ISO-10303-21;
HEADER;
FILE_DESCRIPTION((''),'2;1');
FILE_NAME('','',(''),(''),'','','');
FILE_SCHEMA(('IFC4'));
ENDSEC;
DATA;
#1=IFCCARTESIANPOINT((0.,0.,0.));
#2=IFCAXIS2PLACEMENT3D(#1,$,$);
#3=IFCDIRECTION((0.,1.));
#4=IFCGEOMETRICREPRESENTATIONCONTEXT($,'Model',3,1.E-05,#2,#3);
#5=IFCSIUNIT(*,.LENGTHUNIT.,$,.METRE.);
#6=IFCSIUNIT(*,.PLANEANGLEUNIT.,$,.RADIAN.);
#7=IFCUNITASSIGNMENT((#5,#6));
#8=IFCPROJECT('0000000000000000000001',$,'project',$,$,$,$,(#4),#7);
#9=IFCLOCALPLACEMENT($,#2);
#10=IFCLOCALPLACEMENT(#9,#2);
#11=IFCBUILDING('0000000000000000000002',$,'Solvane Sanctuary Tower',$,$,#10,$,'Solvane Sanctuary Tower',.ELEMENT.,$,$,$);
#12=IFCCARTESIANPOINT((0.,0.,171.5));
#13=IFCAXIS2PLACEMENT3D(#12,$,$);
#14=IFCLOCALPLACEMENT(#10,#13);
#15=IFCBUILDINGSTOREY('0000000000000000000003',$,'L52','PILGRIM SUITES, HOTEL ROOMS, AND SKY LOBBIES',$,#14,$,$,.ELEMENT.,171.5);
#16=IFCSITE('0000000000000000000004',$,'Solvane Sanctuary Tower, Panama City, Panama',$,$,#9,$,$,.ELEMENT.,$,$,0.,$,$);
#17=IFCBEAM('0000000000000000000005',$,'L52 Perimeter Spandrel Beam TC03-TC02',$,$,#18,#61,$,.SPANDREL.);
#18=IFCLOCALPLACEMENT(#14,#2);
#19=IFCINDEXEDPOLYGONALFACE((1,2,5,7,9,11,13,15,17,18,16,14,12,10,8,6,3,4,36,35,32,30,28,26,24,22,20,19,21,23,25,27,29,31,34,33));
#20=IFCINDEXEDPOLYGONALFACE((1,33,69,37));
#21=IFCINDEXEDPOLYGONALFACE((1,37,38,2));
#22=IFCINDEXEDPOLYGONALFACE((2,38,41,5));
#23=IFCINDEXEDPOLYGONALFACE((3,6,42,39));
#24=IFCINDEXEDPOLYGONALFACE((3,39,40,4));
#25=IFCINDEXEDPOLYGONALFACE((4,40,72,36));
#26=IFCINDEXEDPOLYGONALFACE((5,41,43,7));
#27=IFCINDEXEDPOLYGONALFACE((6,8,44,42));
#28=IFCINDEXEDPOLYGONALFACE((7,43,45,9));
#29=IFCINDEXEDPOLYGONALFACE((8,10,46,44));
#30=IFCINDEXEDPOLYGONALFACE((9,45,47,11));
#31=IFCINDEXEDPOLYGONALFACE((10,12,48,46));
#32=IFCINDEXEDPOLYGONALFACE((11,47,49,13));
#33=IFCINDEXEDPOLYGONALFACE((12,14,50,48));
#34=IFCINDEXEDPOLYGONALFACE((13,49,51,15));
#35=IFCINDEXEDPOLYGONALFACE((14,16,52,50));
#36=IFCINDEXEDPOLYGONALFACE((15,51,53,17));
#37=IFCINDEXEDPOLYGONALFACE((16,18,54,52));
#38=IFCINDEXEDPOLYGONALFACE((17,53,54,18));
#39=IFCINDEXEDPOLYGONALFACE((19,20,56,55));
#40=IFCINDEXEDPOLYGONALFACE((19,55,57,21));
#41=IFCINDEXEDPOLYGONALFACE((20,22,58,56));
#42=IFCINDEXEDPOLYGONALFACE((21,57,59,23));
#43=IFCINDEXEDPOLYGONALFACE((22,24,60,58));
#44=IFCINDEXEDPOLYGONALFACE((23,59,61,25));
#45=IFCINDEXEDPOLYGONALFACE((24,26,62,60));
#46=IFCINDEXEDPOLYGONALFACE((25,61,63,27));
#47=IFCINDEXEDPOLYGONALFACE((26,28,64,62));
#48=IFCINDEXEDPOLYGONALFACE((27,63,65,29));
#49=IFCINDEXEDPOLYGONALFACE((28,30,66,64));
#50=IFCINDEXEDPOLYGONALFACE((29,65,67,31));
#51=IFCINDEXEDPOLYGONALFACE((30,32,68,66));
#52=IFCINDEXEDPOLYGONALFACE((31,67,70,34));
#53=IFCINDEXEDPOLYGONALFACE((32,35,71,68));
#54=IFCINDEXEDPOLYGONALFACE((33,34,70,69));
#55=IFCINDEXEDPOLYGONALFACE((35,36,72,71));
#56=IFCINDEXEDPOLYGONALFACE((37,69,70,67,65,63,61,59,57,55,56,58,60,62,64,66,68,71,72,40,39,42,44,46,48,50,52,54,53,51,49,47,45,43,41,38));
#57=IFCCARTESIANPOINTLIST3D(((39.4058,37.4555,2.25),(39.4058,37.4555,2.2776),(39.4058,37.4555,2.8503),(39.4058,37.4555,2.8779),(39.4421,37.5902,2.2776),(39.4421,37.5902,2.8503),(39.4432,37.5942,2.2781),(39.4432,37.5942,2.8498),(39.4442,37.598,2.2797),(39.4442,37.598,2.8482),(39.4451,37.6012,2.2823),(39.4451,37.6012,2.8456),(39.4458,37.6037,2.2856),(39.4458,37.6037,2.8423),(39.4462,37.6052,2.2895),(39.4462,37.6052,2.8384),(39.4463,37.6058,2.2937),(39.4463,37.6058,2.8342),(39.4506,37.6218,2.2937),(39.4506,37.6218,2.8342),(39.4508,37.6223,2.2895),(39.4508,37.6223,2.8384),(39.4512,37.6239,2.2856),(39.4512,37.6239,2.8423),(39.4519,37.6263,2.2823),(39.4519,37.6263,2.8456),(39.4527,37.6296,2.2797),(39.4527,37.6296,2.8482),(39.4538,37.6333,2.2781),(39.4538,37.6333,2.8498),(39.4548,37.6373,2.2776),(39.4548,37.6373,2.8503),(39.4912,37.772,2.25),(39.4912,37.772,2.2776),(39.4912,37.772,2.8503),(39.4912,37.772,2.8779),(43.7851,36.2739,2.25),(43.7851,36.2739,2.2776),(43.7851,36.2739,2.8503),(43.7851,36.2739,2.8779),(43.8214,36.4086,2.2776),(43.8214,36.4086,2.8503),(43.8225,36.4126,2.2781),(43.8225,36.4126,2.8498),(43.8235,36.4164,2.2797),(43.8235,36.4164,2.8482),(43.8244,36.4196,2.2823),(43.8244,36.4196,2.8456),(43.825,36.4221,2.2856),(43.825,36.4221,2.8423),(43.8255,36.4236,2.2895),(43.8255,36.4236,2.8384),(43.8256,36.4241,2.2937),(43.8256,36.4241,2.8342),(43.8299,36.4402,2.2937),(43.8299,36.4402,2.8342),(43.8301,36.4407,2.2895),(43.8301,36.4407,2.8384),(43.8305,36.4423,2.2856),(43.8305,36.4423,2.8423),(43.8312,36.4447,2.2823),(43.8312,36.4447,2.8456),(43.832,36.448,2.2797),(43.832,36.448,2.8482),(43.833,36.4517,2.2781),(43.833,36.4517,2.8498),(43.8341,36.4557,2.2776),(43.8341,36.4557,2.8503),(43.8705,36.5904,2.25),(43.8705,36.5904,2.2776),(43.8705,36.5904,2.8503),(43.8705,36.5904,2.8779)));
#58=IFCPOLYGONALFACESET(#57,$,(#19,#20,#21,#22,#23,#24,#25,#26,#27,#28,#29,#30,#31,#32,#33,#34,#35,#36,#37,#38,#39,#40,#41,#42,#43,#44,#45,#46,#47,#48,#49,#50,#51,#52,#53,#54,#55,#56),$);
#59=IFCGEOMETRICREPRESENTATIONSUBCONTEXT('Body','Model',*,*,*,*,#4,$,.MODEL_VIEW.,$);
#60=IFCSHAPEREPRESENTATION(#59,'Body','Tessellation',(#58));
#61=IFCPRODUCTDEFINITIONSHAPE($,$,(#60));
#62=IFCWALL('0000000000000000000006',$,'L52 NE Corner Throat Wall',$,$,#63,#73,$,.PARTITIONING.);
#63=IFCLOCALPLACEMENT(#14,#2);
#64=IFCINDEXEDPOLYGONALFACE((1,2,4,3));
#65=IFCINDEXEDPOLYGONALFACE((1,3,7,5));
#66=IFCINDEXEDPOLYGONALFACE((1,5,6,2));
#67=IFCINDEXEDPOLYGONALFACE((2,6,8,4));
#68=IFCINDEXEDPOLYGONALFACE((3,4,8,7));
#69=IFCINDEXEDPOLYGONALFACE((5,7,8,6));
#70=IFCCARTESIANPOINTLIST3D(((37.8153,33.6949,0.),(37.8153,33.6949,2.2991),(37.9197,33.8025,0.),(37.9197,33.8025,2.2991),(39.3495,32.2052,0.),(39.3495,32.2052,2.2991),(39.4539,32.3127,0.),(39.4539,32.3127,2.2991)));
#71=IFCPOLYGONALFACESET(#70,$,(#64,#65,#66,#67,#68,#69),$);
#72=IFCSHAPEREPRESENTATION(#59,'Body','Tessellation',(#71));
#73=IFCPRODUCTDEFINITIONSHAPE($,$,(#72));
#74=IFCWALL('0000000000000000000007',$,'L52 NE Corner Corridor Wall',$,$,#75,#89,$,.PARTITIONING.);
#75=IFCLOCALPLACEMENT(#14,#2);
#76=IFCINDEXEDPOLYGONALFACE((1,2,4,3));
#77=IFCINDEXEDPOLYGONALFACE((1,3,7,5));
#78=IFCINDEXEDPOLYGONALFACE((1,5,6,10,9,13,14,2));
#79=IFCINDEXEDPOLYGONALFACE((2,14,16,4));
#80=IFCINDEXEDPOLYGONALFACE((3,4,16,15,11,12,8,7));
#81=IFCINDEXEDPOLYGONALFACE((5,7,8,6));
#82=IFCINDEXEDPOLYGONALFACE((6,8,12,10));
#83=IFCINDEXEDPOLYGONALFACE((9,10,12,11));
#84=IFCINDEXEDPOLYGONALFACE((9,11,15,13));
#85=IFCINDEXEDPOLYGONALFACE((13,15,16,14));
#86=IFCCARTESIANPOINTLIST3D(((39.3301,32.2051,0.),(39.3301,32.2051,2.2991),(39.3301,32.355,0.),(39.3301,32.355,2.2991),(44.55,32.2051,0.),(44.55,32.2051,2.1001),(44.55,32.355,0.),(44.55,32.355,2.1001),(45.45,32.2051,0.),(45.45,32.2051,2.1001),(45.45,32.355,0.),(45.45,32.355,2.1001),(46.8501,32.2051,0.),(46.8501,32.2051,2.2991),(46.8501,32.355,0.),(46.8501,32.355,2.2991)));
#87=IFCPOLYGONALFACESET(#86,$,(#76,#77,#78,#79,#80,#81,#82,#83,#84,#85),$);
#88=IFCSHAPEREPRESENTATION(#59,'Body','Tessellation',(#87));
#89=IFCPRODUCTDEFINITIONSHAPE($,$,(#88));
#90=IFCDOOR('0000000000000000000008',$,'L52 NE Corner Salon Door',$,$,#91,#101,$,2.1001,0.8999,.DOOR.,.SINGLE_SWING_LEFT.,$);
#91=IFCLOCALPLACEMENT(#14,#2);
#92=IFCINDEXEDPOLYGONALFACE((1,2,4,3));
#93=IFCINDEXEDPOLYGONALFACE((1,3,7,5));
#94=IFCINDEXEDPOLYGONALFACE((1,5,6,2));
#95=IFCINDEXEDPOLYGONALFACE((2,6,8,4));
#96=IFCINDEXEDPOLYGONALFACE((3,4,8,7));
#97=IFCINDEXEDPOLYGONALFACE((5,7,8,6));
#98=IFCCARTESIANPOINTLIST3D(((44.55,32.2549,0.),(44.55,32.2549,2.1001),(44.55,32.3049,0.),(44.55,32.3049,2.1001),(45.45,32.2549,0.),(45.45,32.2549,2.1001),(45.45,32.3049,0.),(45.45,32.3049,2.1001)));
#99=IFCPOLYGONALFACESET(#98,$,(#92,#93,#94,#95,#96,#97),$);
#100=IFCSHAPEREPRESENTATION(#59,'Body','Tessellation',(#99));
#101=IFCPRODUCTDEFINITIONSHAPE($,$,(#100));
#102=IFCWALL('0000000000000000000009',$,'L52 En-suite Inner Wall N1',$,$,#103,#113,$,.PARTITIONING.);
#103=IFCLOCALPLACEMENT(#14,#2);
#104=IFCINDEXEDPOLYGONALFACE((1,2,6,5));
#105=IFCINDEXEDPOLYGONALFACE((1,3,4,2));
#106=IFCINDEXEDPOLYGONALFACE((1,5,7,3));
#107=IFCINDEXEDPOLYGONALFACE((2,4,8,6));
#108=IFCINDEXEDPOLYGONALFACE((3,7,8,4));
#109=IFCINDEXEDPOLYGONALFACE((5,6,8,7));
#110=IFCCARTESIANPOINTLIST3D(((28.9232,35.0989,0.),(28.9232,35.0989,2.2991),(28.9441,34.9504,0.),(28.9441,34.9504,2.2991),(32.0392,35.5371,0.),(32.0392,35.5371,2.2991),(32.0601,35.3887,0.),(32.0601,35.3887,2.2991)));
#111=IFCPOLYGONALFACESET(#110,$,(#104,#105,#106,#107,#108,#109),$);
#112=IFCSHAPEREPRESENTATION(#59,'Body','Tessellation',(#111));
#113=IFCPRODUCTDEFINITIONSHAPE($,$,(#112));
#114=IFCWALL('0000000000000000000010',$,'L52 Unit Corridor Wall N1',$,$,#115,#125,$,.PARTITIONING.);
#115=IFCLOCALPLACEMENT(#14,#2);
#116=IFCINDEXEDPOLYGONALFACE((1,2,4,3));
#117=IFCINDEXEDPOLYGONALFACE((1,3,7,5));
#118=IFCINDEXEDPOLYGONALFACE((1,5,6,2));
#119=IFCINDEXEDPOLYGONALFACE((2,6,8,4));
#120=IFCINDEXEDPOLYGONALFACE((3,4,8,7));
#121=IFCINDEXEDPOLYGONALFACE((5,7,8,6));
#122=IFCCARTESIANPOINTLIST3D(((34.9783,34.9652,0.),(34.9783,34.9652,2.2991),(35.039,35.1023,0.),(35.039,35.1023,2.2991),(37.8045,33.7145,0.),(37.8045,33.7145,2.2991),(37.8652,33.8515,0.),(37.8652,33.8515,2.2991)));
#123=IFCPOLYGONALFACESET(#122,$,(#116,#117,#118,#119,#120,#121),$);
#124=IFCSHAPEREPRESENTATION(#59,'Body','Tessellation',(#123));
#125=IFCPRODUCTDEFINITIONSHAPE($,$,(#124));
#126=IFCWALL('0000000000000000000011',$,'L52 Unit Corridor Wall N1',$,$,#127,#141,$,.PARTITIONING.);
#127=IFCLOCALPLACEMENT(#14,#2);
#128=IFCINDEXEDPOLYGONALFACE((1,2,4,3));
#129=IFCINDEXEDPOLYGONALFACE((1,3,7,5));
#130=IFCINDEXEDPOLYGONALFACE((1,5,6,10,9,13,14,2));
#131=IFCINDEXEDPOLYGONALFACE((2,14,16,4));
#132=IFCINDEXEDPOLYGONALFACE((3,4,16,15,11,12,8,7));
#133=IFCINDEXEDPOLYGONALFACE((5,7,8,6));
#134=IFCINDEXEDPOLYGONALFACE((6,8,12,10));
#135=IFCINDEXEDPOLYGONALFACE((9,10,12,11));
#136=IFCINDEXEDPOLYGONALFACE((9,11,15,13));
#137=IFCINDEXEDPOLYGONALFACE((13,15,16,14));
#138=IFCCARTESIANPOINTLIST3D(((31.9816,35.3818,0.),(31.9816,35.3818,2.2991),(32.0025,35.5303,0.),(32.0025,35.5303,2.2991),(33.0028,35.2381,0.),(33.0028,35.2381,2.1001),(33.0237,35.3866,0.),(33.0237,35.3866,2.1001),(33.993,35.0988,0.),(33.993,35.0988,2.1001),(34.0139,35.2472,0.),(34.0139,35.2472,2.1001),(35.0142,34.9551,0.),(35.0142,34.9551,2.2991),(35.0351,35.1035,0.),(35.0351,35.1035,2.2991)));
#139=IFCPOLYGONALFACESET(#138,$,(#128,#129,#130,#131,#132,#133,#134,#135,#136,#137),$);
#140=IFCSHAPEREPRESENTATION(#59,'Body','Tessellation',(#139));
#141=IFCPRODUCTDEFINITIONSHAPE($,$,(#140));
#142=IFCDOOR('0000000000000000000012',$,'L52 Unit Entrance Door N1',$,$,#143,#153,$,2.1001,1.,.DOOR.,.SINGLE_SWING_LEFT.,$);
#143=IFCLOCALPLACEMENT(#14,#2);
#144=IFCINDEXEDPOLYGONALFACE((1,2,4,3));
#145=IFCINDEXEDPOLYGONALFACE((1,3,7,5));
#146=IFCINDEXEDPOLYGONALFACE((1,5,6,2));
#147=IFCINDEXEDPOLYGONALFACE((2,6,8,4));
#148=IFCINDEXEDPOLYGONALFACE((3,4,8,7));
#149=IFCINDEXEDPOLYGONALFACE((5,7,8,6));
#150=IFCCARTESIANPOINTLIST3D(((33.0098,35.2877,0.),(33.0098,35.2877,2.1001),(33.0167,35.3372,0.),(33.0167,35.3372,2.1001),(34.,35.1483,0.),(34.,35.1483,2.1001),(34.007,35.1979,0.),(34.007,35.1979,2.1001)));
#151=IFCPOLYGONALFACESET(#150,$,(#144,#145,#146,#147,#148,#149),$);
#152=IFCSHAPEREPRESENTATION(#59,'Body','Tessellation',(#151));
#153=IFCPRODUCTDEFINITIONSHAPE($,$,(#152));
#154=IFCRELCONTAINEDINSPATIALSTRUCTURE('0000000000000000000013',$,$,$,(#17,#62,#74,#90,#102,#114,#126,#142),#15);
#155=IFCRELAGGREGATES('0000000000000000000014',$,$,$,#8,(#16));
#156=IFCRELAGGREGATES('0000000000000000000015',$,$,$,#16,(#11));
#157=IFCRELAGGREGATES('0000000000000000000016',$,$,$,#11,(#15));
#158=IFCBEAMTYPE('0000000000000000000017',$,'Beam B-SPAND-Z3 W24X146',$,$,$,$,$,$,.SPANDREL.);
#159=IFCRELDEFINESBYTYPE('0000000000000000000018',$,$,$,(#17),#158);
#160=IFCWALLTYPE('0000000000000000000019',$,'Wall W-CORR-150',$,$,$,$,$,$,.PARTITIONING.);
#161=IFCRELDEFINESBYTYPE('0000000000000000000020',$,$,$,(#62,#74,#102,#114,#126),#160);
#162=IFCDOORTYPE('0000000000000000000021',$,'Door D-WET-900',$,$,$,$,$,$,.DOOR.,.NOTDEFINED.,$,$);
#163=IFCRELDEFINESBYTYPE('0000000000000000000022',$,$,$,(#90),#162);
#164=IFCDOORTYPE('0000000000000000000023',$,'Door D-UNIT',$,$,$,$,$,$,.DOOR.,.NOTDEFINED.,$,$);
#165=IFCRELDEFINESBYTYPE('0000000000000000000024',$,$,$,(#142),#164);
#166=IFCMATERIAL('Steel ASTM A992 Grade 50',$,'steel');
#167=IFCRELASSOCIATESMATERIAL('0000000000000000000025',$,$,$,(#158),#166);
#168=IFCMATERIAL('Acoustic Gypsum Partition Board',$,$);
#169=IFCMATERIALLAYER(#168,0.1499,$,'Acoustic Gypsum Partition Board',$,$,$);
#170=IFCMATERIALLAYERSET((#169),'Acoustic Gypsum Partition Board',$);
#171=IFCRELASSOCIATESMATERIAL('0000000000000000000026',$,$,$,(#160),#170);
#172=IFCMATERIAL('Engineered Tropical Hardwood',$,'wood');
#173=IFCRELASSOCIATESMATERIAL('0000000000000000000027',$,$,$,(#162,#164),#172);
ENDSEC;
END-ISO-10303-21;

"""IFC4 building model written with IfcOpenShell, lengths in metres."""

from ifc_helpers import new_model, si_unit, direction, frame, frame_2d, origin, origin_2d, place, context, subcontext, project, spatial, rectangle, i_section, extrude, material, layer, layer_set, material_profile, profile_set, type_object, element, fill, save


model = new_model("IFC4")

# Units and contexts
model_context = context("Model", 3, precision=1e-05, world=origin(), true_north=direction((0.0, 1.0)))
body_context = subcontext(model_context, "Body", "Model", "MODEL_VIEW")
ifc_project = project(units=[si_unit("LENGTHUNIT", "METRE"), si_unit("PLANEANGLEUNIT", "RADIAN")], contexts=[model_context])

# Site, building, storey
site_placement = place(None, origin())
site = spatial("IfcSite", under=ifc_project, at=site_placement, Name="Solvane Sanctuary Tower, Panama City, Panama", CompositionType="ELEMENT", RefElevation=0.0)
building_placement = place(site_placement, origin())
building = spatial("IfcBuilding", under=site, at=building_placement, Name="Solvane Sanctuary Tower", LongName="Solvane Sanctuary Tower", CompositionType="ELEMENT")
storey_placement = place(building_placement, frame((0.0, 0.0, 171.5)))
storey = spatial("IfcBuildingStorey", under=building, at=storey_placement, Name="L52", Description="PILGRIM SUITES, HOTEL ROOMS, AND SKY LOBBIES", CompositionType="ELEMENT", Elevation=171.5)

# Beam
ifc_material_1 = material(Name="Steel ASTM A992 Grade 50", Category="steel")
ifc_material_profile_1 = material_profile(ifc_material_1, i_section(OverallWidth=0.3279, OverallDepth=0.6279, WebThickness=0.0166, FlangeThickness=0.0276, FilletRadius=0.0161, at=origin_2d()), Name="W24X146")
ifc_profile_set_1 = profile_set([ifc_material_profile_1], Name="Steel ASTM A992 Grade 50")
beam_type_1 = type_object("IfcBeamType", Name="Beam B-SPAND-Z3 W24X146", PredefinedType="SPANDREL", material=ifc_profile_set_1)
beam_1_placement = place(storey_placement, frame((39.4485, 37.6138, 2.564), z_axis=(0.965473, -0.260502, 0.0), x_axis=(0.260502, 0.965473, 0.0)))
element("IfcBeam", 1, at=beam_1_placement, inside=storey, type_object=beam_type_1, Name="L52 Perimeter Spandrel Beam TC03-TC02", PredefinedType="SPANDREL", context=body_context, shape_type="SweptSolid", body=[
    extrude(i_section(OverallWidth=0.3279, OverallDepth=0.6279, WebThickness=0.0166, FlangeThickness=0.0276, FilletRadius=0.0161, at=origin_2d()), origin(), (0.0, 0.0, 1.0), 4.5359),
])

# Wall
ifc_material_2 = material(Name="Acoustic Gypsum Partition Board")
ifc_layer_1 = layer(ifc_material_2, 0.1499, Name="Acoustic Gypsum Partition Board")
ifc_layer_set_1 = layer_set([ifc_layer_1], Name="Acoustic Gypsum Partition Board")
wall_type_1 = type_object("IfcWallType", Name="Wall W-CORR-150", PredefinedType="PARTITIONING", material=ifc_layer_set_1)
wall_1_placement = place(storey_placement, frame((37.8674, 33.7488, 0.0), z_axis=(0.0, 0.0, 1.0), x_axis=(0.71742, -0.696641, 0.0)))
element("IfcWall", 2, at=wall_1_placement, inside=storey, type_object=wall_type_1, Name="L52 NE Corner Throat Wall", PredefinedType="PARTITIONING", context=body_context, shape_type="SweptSolid", body=[
    extrude(rectangle(XDim=2.1384, YDim=0.1499, at=frame_2d((1.0693, 0.0))), origin(), (0.0, 0.0, 1.0), 2.2991),
])

# Wall, opening, door
wall_2_placement = place(storey_placement, frame((39.3301, 32.28, 0.0), z_axis=(0.0, 0.0, 1.0), x_axis=(1.0, 0.0, 0.0)))
wall_2 = element("IfcWall", 3, at=wall_2_placement, inside=storey, type_object=wall_type_1, Name="L52 NE Corner Corridor Wall", PredefinedType="PARTITIONING", context=body_context, shape_type="SweptSolid", body=[
    extrude(rectangle(XDim=7.52, YDim=0.1499, at=frame_2d((3.76, 0.0))), origin(), (0.0, 0.0, 1.0), 2.2991),
])
opening_1_placement = place(wall_2_placement, frame((5.22, 0.0, 0.0)))
opening_1 = element("IfcOpeningElement", 4, at=opening_1_placement, cuts=wall_2, PredefinedType="OPENING", context=body_context, shape_type="SweptSolid", body=[
    extrude(rectangle(XDim=0.8999, YDim=2.1001, at=frame_2d((0.45, 1.05))), frame((0.0, 0.085, 0.0), z_axis=(0.0, -1.0, 0.0), x_axis=(1.0, 0.0, 0.0)), (0.0, 0.0, 1.0), 0.1699),
])
ifc_material_3 = material(Name="Engineered Tropical Hardwood", Category="wood")
door_type_1 = type_object("IfcDoorType", Name="Door D-WET-900", OperationType="NOTDEFINED", PredefinedType="DOOR", material=ifc_material_3)
door_1_placement = place(opening_1_placement, origin())
door_1 = element("IfcDoor", 5, at=door_1_placement, inside=storey, type_object=door_type_1, Name="L52 NE Corner Salon Door", OperationType="SINGLE_SWING_LEFT", OverallHeight=2.1001, OverallWidth=0.8999, PredefinedType="DOOR", context=body_context, shape_type="SweptSolid", body=[
    extrude(rectangle(XDim=0.8999, YDim=2.1001, at=frame_2d((0.45, 1.05))), frame((0.0, 0.0249, 0.0), z_axis=(0.0, -1.0, 0.0), x_axis=(1.0, 0.0, 0.0)), (0.0, 0.0, 1.0), 0.05),
])
fill(opening_1, door_1)

# Walls
wall_3_placement = place(storey_placement, frame((32.0496, 35.4629, 0.0), z_axis=(0.0, 0.0, 1.0), x_axis=(-0.990254, -0.13927, 0.0)))
element("IfcWall", 6, at=wall_3_placement, inside=storey, type_object=wall_type_1, Name="L52 En-suite Inner Wall N1", PredefinedType="PARTITIONING", context=body_context, shape_type="SweptSolid", body=[
    extrude(rectangle(XDim=3.1467, YDim=0.1499, at=frame_2d((1.5732, 0.0))), origin(), (0.0, 0.0, 1.0), 2.2991),
])
wall_4_placement = place(storey_placement, frame((37.835, 33.783, 0.0), z_axis=(0.0, 0.0, 1.0), x_axis=(-0.914452, 0.404694, 0.0)))
element("IfcWall", 7, at=wall_4_placement, inside=storey, type_object=wall_type_1, Name="L52 Unit Corridor Wall N1", PredefinedType="PARTITIONING", context=body_context, shape_type="SweptSolid", body=[
    extrude(rectangle(XDim=3.0906, YDim=0.1499, at=frame_2d((1.5454, 0.0))), origin(), (0.0, 0.0, 1.0), 2.2991),
])

# Wall, opening, door
wall_5_placement = place(storey_placement, frame((35.0247, 35.0293, 0.0), z_axis=(0.0, 0.0, 1.0), x_axis=(-0.990244, 0.139345, 0.0)))
wall_5 = element("IfcWall", 8, at=wall_5_placement, inside=storey, type_object=wall_type_1, Name="L52 Unit Corridor Wall N1", PredefinedType="PARTITIONING", context=body_context, shape_type="SweptSolid", body=[
    extrude(rectangle(XDim=3.0625, YDim=0.1499, at=frame_2d((1.5312, 0.0))), origin(), (0.0, 0.0, 1.0), 2.2991),
])
opening_2_placement = place(wall_5_placement, frame((1.0312, 0.0, 0.0)))
opening_2 = element("IfcOpeningElement", 9, at=opening_2_placement, cuts=wall_5, PredefinedType="OPENING", context=body_context, shape_type="SweptSolid", body=[
    extrude(rectangle(XDim=1.0, YDim=2.1001, at=frame_2d((0.5, 1.05))), frame((0.0, 0.085, 0.0), z_axis=(0.0, -1.0, 0.0), x_axis=(1.0, 0.0, 0.0)), (0.0, 0.0, 1.0), 0.1699),
])
door_type_2 = type_object("IfcDoorType", Name="Door D-UNIT", OperationType="NOTDEFINED", PredefinedType="DOOR", material=ifc_material_3)
door_2_placement = place(opening_2_placement, origin())
door_2 = element("IfcDoor", 10, at=door_2_placement, inside=storey, type_object=door_type_2, Name="L52 Unit Entrance Door N1", OperationType="SINGLE_SWING_LEFT", OverallHeight=2.1001, OverallWidth=1.0, PredefinedType="DOOR", context=body_context, shape_type="SweptSolid", body=[
    extrude(rectangle(XDim=1.0, YDim=2.1001, at=frame_2d((0.5, 1.05))), frame((0.0, 0.0249, 0.0), z_axis=(0.0, -1.0, 0.0), x_axis=(1.0, 0.0, 0.0)), (0.0, 0.0, 1.0), 0.05),
])
fill(opening_2, door_2)

save(model, "model.ifc")
